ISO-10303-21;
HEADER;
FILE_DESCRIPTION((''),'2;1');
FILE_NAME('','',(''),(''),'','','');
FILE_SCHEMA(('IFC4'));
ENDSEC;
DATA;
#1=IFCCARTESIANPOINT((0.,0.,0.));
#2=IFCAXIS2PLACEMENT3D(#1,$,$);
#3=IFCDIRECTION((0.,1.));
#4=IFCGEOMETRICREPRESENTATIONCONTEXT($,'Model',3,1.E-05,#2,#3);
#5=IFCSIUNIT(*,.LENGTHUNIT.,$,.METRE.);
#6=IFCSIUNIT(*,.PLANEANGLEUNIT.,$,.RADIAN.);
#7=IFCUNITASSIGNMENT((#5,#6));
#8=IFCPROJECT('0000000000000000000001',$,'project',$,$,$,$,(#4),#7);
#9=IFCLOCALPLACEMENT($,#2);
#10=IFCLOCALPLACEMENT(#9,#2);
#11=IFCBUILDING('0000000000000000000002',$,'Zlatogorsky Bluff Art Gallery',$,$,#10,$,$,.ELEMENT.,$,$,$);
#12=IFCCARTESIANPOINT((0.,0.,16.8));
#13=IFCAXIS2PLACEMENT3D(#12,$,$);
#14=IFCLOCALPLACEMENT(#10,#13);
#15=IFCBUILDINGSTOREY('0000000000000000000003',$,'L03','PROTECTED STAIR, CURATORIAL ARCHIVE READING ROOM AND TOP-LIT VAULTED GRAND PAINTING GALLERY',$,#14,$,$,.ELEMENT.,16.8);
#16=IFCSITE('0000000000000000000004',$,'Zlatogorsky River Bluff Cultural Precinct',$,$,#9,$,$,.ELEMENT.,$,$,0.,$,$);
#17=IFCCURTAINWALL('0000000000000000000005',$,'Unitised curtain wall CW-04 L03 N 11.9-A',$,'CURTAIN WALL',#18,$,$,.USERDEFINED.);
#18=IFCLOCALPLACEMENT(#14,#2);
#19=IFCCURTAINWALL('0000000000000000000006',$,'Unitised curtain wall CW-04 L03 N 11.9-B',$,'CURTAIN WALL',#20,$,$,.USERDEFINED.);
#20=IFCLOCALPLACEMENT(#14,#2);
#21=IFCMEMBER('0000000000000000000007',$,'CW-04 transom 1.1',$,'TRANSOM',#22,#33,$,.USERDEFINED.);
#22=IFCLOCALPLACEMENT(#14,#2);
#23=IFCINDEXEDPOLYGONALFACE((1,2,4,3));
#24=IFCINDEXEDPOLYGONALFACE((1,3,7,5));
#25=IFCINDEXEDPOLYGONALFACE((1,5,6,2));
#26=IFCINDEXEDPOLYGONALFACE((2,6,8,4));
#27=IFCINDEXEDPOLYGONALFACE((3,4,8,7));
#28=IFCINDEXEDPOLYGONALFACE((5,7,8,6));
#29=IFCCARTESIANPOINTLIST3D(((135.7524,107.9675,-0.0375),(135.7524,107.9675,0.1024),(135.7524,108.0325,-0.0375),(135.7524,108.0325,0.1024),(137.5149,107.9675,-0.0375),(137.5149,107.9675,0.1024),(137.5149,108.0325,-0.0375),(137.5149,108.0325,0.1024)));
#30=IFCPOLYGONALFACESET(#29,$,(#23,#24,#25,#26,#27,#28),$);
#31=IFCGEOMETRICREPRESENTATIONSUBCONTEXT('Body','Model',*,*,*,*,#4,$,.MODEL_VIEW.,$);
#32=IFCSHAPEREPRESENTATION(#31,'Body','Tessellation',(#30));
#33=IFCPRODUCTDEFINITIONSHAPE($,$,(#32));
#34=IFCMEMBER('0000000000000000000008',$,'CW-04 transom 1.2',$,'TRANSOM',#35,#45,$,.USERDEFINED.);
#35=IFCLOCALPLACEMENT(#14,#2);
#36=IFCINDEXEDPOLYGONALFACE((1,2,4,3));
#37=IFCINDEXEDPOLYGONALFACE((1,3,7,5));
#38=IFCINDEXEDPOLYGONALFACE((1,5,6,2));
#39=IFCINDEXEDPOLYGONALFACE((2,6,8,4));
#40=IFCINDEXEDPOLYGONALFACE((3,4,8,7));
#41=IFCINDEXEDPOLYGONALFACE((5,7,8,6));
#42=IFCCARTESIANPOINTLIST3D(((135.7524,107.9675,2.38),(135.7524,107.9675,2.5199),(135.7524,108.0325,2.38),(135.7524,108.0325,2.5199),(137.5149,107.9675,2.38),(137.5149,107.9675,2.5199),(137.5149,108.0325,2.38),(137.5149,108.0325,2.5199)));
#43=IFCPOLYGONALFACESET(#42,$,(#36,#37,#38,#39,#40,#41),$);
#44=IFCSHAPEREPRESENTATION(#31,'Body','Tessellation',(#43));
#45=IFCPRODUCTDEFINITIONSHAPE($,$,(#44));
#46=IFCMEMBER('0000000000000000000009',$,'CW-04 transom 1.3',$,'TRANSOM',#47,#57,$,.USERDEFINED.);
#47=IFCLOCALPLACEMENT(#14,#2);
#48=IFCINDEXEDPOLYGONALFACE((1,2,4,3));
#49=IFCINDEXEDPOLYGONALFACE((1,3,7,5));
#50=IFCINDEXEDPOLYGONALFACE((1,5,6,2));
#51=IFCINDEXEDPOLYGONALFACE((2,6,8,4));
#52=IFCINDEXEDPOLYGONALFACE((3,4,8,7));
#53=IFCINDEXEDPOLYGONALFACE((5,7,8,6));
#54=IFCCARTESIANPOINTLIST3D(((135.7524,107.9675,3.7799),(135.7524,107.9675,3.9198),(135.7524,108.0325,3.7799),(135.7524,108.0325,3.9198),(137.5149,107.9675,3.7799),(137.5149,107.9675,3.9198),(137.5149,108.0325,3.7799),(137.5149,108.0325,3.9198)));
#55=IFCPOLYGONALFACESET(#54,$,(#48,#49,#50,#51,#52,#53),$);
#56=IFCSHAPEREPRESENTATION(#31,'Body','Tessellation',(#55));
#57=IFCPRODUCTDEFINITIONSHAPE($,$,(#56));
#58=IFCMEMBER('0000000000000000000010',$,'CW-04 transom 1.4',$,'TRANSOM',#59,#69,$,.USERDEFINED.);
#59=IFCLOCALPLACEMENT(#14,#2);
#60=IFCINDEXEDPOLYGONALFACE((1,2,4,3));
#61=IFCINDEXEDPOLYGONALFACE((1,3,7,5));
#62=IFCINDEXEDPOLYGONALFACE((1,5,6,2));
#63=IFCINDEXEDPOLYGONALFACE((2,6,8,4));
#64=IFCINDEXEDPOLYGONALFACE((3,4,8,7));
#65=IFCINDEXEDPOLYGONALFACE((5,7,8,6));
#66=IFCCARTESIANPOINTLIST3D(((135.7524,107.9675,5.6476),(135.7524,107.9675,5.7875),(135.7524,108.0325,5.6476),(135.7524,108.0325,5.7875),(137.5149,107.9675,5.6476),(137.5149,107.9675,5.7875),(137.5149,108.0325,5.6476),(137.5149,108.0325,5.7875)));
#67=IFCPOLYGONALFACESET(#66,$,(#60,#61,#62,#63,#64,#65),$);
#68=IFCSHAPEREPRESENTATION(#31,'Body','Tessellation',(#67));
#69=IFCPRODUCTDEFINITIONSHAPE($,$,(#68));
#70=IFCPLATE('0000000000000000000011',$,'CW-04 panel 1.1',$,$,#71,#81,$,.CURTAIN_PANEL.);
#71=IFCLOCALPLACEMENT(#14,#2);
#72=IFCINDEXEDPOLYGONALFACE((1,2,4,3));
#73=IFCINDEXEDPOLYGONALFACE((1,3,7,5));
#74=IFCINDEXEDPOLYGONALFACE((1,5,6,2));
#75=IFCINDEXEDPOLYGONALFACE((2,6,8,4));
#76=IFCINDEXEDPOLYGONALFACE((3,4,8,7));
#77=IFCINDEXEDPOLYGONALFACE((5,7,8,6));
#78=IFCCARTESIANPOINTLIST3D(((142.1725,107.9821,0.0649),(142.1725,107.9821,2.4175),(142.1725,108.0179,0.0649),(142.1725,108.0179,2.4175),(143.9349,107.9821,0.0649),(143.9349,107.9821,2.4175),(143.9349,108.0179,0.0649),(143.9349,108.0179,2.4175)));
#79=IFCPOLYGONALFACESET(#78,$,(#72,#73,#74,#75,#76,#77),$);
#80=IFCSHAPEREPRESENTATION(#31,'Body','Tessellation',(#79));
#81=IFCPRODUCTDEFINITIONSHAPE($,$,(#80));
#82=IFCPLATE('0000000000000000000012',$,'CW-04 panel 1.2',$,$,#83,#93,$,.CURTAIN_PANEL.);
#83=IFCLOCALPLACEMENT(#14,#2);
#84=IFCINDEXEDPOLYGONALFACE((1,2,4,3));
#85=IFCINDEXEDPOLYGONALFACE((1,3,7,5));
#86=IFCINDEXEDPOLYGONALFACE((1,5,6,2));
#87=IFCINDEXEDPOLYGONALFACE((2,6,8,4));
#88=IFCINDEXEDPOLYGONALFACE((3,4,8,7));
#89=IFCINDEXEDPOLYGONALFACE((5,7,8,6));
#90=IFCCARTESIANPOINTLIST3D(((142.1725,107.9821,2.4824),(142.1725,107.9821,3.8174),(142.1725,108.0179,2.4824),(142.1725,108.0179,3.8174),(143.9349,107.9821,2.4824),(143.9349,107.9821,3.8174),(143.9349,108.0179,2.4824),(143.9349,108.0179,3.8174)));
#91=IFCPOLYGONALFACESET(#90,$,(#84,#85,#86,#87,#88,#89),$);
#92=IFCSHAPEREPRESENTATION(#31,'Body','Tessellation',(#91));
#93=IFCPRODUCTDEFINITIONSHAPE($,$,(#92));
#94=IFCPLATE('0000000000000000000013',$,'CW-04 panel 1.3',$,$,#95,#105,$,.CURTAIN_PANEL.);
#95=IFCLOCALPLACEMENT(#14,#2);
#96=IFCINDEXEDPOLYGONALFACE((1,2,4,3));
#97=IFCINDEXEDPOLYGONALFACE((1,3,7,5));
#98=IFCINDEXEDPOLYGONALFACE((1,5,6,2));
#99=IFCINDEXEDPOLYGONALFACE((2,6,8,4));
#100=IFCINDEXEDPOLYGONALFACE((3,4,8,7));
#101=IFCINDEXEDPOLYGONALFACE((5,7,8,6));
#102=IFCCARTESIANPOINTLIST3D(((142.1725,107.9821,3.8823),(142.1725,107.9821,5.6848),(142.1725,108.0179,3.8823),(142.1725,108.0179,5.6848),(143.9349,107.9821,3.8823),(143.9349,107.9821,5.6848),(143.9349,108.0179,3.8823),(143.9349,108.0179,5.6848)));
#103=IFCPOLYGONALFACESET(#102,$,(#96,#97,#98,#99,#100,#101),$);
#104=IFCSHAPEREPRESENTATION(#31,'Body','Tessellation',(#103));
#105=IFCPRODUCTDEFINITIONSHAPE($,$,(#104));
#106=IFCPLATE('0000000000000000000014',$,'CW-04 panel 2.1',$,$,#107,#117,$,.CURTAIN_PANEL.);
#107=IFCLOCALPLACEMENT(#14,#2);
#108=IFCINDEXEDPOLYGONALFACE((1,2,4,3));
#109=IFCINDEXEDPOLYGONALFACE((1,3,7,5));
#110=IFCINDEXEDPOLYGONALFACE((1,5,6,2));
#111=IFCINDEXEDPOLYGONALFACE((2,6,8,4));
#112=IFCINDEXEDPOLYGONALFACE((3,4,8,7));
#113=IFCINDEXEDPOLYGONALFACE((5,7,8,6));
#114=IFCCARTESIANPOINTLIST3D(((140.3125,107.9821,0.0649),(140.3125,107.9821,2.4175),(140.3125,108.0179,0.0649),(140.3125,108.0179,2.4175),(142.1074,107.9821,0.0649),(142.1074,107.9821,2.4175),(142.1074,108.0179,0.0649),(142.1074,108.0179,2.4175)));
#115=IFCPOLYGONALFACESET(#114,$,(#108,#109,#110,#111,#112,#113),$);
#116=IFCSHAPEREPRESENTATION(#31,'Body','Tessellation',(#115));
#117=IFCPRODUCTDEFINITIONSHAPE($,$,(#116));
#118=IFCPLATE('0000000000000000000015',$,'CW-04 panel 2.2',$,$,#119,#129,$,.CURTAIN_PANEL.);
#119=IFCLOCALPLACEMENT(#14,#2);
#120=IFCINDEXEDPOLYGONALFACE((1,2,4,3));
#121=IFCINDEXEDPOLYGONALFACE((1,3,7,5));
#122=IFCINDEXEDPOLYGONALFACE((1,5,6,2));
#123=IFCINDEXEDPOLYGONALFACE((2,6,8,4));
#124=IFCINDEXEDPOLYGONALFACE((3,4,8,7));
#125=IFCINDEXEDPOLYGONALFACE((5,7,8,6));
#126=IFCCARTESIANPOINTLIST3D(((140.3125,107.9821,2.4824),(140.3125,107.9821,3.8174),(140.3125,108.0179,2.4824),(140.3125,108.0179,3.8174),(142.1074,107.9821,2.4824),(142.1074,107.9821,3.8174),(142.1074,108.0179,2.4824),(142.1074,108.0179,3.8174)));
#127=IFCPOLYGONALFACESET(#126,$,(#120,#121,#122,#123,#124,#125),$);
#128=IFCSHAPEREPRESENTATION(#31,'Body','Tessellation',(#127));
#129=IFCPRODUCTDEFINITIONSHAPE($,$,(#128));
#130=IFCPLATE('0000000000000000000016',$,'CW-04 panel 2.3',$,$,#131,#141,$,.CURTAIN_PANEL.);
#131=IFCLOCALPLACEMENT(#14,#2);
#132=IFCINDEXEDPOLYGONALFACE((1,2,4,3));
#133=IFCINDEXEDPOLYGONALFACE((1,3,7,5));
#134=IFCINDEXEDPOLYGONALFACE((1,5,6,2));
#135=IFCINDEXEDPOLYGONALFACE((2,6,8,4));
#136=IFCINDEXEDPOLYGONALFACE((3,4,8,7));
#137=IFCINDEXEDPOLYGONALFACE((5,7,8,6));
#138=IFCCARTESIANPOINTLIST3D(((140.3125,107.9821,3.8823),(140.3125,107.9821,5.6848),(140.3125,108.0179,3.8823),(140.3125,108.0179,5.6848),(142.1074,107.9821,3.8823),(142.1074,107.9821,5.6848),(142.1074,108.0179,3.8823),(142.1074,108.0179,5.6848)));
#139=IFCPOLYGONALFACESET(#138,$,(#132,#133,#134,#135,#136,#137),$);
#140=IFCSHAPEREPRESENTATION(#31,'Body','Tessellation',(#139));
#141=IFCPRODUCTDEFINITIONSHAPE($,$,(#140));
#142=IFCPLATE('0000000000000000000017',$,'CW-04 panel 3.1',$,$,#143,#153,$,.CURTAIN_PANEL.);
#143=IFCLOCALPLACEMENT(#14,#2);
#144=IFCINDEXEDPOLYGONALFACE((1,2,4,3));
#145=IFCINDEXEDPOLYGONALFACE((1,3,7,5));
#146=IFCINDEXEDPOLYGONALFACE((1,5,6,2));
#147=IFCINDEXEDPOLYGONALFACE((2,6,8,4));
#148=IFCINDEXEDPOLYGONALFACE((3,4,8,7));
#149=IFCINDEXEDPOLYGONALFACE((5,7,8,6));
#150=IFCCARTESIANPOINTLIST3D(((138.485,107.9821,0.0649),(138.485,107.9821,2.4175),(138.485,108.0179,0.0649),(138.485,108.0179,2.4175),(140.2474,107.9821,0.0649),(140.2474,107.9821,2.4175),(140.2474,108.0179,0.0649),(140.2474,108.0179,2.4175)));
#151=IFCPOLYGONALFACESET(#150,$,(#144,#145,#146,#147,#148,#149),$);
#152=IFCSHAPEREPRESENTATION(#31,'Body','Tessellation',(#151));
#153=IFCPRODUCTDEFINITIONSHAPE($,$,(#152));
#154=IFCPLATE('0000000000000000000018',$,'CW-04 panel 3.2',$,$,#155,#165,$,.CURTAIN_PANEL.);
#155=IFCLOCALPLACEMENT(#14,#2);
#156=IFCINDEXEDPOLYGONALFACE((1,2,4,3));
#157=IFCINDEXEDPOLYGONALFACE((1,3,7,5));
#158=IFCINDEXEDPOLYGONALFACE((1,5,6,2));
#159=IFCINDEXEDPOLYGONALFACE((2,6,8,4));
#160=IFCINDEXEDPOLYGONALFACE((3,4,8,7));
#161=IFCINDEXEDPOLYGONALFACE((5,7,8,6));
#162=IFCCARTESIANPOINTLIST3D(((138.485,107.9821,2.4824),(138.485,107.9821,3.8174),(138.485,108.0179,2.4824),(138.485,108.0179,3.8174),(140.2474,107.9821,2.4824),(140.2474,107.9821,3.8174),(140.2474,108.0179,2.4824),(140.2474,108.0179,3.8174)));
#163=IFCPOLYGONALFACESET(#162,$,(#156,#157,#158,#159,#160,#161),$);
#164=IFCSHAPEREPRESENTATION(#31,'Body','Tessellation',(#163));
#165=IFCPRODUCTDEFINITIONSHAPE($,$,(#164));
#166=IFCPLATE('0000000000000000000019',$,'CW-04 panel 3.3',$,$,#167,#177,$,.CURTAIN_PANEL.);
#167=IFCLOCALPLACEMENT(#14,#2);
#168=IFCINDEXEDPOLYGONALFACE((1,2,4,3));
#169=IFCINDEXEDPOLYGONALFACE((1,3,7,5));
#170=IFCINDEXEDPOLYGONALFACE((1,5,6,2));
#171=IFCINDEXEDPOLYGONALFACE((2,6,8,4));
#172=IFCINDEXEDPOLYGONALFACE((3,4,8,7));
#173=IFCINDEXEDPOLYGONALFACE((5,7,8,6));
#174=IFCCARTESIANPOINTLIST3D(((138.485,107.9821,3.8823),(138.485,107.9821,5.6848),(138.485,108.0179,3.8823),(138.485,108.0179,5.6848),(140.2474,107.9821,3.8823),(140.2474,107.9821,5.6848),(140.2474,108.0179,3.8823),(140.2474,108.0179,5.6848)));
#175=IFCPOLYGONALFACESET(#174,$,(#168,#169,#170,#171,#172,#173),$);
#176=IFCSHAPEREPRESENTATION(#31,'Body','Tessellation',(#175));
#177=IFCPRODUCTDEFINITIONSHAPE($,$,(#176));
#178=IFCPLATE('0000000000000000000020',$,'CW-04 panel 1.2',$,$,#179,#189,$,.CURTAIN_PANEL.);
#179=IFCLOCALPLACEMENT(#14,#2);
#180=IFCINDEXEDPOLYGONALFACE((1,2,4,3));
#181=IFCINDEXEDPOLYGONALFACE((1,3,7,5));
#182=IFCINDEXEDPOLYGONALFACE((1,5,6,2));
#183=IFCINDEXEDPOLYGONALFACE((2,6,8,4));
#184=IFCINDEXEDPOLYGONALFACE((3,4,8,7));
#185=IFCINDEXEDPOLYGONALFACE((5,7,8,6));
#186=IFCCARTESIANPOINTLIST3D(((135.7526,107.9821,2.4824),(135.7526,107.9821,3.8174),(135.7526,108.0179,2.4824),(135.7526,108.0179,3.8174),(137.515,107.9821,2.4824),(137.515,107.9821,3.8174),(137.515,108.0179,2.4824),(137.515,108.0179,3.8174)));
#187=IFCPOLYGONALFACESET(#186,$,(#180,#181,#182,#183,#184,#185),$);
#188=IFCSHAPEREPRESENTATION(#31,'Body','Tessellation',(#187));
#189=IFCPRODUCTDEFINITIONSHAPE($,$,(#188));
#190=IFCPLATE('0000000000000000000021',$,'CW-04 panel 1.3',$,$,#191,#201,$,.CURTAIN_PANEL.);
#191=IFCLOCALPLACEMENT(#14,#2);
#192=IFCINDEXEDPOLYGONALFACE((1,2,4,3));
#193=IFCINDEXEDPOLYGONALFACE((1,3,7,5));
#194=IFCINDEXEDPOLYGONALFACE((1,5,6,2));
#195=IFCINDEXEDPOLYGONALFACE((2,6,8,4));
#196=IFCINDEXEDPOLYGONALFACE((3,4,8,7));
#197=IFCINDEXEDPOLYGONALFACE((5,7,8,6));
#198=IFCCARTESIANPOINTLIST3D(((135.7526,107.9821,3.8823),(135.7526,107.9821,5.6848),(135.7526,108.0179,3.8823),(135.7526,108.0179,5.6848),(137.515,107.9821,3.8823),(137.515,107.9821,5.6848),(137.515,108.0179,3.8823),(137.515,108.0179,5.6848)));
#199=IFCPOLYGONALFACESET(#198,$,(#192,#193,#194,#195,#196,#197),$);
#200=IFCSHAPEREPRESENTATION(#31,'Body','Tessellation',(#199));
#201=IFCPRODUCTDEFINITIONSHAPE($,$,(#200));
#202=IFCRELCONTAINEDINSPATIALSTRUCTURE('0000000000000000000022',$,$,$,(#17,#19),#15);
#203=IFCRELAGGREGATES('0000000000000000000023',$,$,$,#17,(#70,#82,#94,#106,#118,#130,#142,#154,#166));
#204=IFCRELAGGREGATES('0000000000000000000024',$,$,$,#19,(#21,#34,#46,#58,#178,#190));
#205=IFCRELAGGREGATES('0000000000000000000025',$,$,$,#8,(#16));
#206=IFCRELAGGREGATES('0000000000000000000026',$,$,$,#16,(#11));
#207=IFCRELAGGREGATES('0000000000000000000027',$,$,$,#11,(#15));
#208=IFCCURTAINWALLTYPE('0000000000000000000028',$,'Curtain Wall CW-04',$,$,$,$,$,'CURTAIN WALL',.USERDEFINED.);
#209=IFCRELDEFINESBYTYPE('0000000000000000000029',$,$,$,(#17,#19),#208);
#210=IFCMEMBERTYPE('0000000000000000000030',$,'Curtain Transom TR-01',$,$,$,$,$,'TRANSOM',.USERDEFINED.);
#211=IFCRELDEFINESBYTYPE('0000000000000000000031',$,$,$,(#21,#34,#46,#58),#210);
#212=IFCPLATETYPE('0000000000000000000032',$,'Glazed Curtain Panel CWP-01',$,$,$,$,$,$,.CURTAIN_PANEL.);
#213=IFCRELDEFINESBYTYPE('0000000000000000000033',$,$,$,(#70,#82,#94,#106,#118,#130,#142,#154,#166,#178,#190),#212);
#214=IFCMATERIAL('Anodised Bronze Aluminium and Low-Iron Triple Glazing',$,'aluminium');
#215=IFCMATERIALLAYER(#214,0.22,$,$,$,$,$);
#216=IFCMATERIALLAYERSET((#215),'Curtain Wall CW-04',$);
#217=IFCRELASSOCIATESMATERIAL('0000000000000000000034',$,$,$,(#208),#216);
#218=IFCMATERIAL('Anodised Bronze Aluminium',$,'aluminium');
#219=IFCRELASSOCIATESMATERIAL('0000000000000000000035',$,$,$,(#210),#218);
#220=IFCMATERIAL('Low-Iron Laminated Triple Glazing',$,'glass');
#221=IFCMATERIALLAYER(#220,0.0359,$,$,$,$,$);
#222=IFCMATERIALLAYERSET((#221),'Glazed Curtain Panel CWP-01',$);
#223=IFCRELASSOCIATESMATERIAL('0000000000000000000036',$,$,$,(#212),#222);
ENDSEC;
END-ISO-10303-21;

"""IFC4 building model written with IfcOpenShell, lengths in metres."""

from ifc_helpers import new_model, si_unit, direction, frame, origin, origin_2d, place, context, subcontext, project, spatial, rectangle, extrude, material, layer, layer_set, material_profile, profile_set, type_object, element, aggregate, save


model = new_model("IFC4")

# Units and contexts
model_context = context("Model", 3, precision=1e-05, world=origin(), true_north=direction((0.0, 1.0)))
body_context = subcontext(model_context, "Body", "Model", "MODEL_VIEW")
ifc_project = project(units=[si_unit("LENGTHUNIT", "METRE"), si_unit("PLANEANGLEUNIT", "RADIAN")], contexts=[model_context])

# Site, building, storey
site_placement = place(None, origin())
site = spatial("IfcSite", under=ifc_project, at=site_placement, Name="Zlatogorsky River Bluff Cultural Precinct", CompositionType="ELEMENT", RefElevation=0.0)
building_placement = place(site_placement, origin())
building = spatial("IfcBuilding", under=site, at=building_placement, Name="Zlatogorsky Bluff Art Gallery", CompositionType="ELEMENT")
storey_placement = place(building_placement, frame((0.0, 0.0, 16.8)))
storey = spatial("IfcBuildingStorey", under=building, at=storey_placement, Name="L03", Description="PROTECTED STAIR, CURATORIAL ARCHIVE READING ROOM AND TOP-LIT VAULTED GRAND PAINTING GALLERY", CompositionType="ELEMENT", Elevation=16.8)

# Curtain wall
ifc_material_1 = material(Name="Anodised Bronze Aluminium and Low-Iron Triple Glazing", Category="aluminium")
ifc_layer_1 = layer(ifc_material_1, 0.22)
ifc_layer_set_1 = layer_set([ifc_layer_1], Name="Curtain Wall CW-04")
curtain_wall_type = type_object("IfcCurtainWallType", Name="Curtain Wall CW-04", ElementType="CURTAIN WALL", PredefinedType="USERDEFINED", material=ifc_layer_set_1)
curtain_wall_1_placement = place(storey_placement, origin())
curtain_wall_1 = element("IfcCurtainWall", 1, at=curtain_wall_1_placement, inside=storey, type_object=curtain_wall_type, Name="Unitised curtain wall CW-04 L03 N 11.9-A", ObjectType="CURTAIN WALL", PredefinedType="USERDEFINED")
ifc_material_2 = material(Name="Anodised Bronze Aluminium", Category="aluminium")

# Curtain wall
curtain_wall_2_placement = place(storey_placement, origin())
curtain_wall_2 = element("IfcCurtainWall", 2, at=curtain_wall_2_placement, inside=storey, type_object=curtain_wall_type, Name="Unitised curtain wall CW-04 L03 N 11.9-B", ObjectType="CURTAIN WALL", PredefinedType="USERDEFINED")

# Members
ifc_material_profile_1 = material_profile(ifc_material_2, rectangle(XDim=0.0649, YDim=0.1399, at=origin_2d()), Name="ALU TRANSOM 65x140")
ifc_profile_set_1 = profile_set([ifc_material_profile_1], Name="Anodised Bronze Aluminium")
member_type_1 = type_object("IfcMemberType", Name="Curtain Transom TR-01", ElementType="TRANSOM", PredefinedType="USERDEFINED", material=ifc_profile_set_1)
member_1_placement = place(storey_placement, frame((137.5149, 108.0, 0.0325), z_axis=(-1.0, 0.0, 0.0), x_axis=(0.0, -1.0, 0.0)))
member_1 = element("IfcMember", 3, at=member_1_placement, type_object=member_type_1, Name="CW-04 transom 1.1", ObjectType="TRANSOM", PredefinedType="USERDEFINED", context=body_context, shape_type="SweptSolid", body=[
    extrude(rectangle(XDim=0.0649, YDim=0.1399, at=origin_2d()), origin(), (0.0, 0.0, 1.0), 1.7625),
])
member_2_placement = place(storey_placement, frame((137.5149, 108.0, 2.45), z_axis=(-1.0, 0.0, 0.0), x_axis=(0.0, -1.0, 0.0)))
member_2 = element("IfcMember", 4, at=member_2_placement, type_object=member_type_1, Name="CW-04 transom 1.2", ObjectType="TRANSOM", PredefinedType="USERDEFINED", context=body_context, shape_type="SweptSolid", body=[
    extrude(rectangle(XDim=0.0649, YDim=0.1399, at=origin_2d()), origin(), (0.0, 0.0, 1.0), 1.7625),
])
member_3_placement = place(storey_placement, frame((137.5149, 108.0, 3.8499), z_axis=(-1.0, 0.0, 0.0), x_axis=(0.0, -1.0, 0.0)))
member_3 = element("IfcMember", 5, at=member_3_placement, type_object=member_type_1, Name="CW-04 transom 1.3", ObjectType="TRANSOM", PredefinedType="USERDEFINED", context=body_context, shape_type="SweptSolid", body=[
    extrude(rectangle(XDim=0.0649, YDim=0.1399, at=origin_2d()), origin(), (0.0, 0.0, 1.0), 1.7625),
])
member_4_placement = place(storey_placement, frame((137.5149, 108.0, 5.7175), z_axis=(-1.0, 0.0, 0.0), x_axis=(0.0, -1.0, 0.0)))
member_4 = element("IfcMember", 6, at=member_4_placement, type_object=member_type_1, Name="CW-04 transom 1.4", ObjectType="TRANSOM", PredefinedType="USERDEFINED", context=body_context, shape_type="SweptSolid", body=[
    extrude(rectangle(XDim=0.0649, YDim=0.1399, at=origin_2d()), origin(), (0.0, 0.0, 1.0), 1.7625),
])

# Plates
ifc_material_3 = material(Name="Low-Iron Laminated Triple Glazing", Category="glass")
ifc_layer_2 = layer(ifc_material_3, 0.0359)
ifc_layer_set_2 = layer_set([ifc_layer_2], Name="Glazed Curtain Panel CWP-01")
plate_type = type_object("IfcPlateType", Name="Glazed Curtain Panel CWP-01", PredefinedType="CURTAIN_PANEL", material=ifc_layer_set_2)
plate_1_placement = place(storey_placement, frame((143.0537, 108.0, 0.0649), z_axis=(0.0, 0.0, 1.0), x_axis=(-1.0, 0.0, 0.0)))
plate_1 = element("IfcPlate", 7, at=plate_1_placement, type_object=plate_type, Name="CW-04 panel 1.1", PredefinedType="CURTAIN_PANEL", context=body_context, shape_type="SweptSolid", body=[
    extrude(rectangle(XDim=1.7625, YDim=0.0359, at=origin_2d()), origin(), (0.0, 0.0, 1.0), 2.3525),
])
plate_2_placement = place(storey_placement, frame((143.0537, 108.0, 2.4824), z_axis=(0.0, 0.0, 1.0), x_axis=(-1.0, 0.0, 0.0)))
plate_2 = element("IfcPlate", 8, at=plate_2_placement, type_object=plate_type, Name="CW-04 panel 1.2", PredefinedType="CURTAIN_PANEL", context=body_context, shape_type="SweptSolid", body=[
    extrude(rectangle(XDim=1.7625, YDim=0.0359, at=origin_2d()), origin(), (0.0, 0.0, 1.0), 1.335),
])
plate_3_placement = place(storey_placement, frame((143.0537, 108.0, 3.8823), z_axis=(0.0, 0.0, 1.0), x_axis=(-1.0, 0.0, 0.0)))
plate_3 = element("IfcPlate", 9, at=plate_3_placement, type_object=plate_type, Name="CW-04 panel 1.3", PredefinedType="CURTAIN_PANEL", context=body_context, shape_type="SweptSolid", body=[
    extrude(rectangle(XDim=1.7625, YDim=0.0359, at=origin_2d()), origin(), (0.0, 0.0, 1.0), 1.8025),
])
plate_4_placement = place(storey_placement, frame((141.21, 108.0, 0.0649), z_axis=(0.0, 0.0, 1.0), x_axis=(-1.0, 0.0, 0.0)))
plate_4 = element("IfcPlate", 10, at=plate_4_placement, type_object=plate_type, Name="CW-04 panel 2.1", PredefinedType="CURTAIN_PANEL", context=body_context, shape_type="SweptSolid", body=[
    extrude(rectangle(XDim=1.7949, YDim=0.0359, at=origin_2d()), origin(), (0.0, 0.0, 1.0), 2.3525),
])
plate_5_placement = place(storey_placement, frame((141.21, 108.0, 2.4824), z_axis=(0.0, 0.0, 1.0), x_axis=(-1.0, 0.0, 0.0)))
plate_5 = element("IfcPlate", 11, at=plate_5_placement, type_object=plate_type, Name="CW-04 panel 2.2", PredefinedType="CURTAIN_PANEL", context=body_context, shape_type="SweptSolid", body=[
    extrude(rectangle(XDim=1.7949, YDim=0.0359, at=origin_2d()), origin(), (0.0, 0.0, 1.0), 1.335),
])
plate_6_placement = place(storey_placement, frame((141.21, 108.0, 3.8823), z_axis=(0.0, 0.0, 1.0), x_axis=(-1.0, 0.0, 0.0)))
plate_6 = element("IfcPlate", 12, at=plate_6_placement, type_object=plate_type, Name="CW-04 panel 2.3", PredefinedType="CURTAIN_PANEL", context=body_context, shape_type="SweptSolid", body=[
    extrude(rectangle(XDim=1.7949, YDim=0.0359, at=origin_2d()), origin(), (0.0, 0.0, 1.0), 1.8025),
])
plate_7_placement = place(storey_placement, frame((139.3662, 108.0, 0.0649), z_axis=(0.0, 0.0, 1.0), x_axis=(-1.0, 0.0, 0.0)))
plate_7 = element("IfcPlate", 13, at=plate_7_placement, type_object=plate_type, Name="CW-04 panel 3.1", PredefinedType="CURTAIN_PANEL", context=body_context, shape_type="SweptSolid", body=[
    extrude(rectangle(XDim=1.7625, YDim=0.0359, at=origin_2d()), origin(), (0.0, 0.0, 1.0), 2.3525),
])
plate_8_placement = place(storey_placement, frame((139.3662, 108.0, 2.4824), z_axis=(0.0, 0.0, 1.0), x_axis=(-1.0, 0.0, 0.0)))
plate_8 = element("IfcPlate", 14, at=plate_8_placement, type_object=plate_type, Name="CW-04 panel 3.2", PredefinedType="CURTAIN_PANEL", context=body_context, shape_type="SweptSolid", body=[
    extrude(rectangle(XDim=1.7625, YDim=0.0359, at=origin_2d()), origin(), (0.0, 0.0, 1.0), 1.335),
])
plate_9_placement = place(storey_placement, frame((139.3662, 108.0, 3.8823), z_axis=(0.0, 0.0, 1.0), x_axis=(-1.0, 0.0, 0.0)))
plate_9 = element("IfcPlate", 15, at=plate_9_placement, type_object=plate_type, Name="CW-04 panel 3.3", PredefinedType="CURTAIN_PANEL", context=body_context, shape_type="SweptSolid", body=[
    extrude(rectangle(XDim=1.7625, YDim=0.0359, at=origin_2d()), origin(), (0.0, 0.0, 1.0), 1.8025),
])
aggregate(curtain_wall_1, [plate_1, plate_2, plate_3, plate_4, plate_5, plate_6, plate_7, plate_8, plate_9])
plate_10_placement = place(storey_placement, frame((136.6338, 108.0, 2.4824), z_axis=(0.0, 0.0, 1.0), x_axis=(-1.0, 0.0, 0.0)))
plate_10 = element("IfcPlate", 16, at=plate_10_placement, type_object=plate_type, Name="CW-04 panel 1.2", PredefinedType="CURTAIN_PANEL", context=body_context, shape_type="SweptSolid", body=[
    extrude(rectangle(XDim=1.7625, YDim=0.0359, at=origin_2d()), origin(), (0.0, 0.0, 1.0), 1.335),
])
plate_11_placement = place(storey_placement, frame((136.6338, 108.0, 3.8823), z_axis=(0.0, 0.0, 1.0), x_axis=(-1.0, 0.0, 0.0)))
plate_11 = element("IfcPlate", 17, at=plate_11_placement, type_object=plate_type, Name="CW-04 panel 1.3", PredefinedType="CURTAIN_PANEL", context=body_context, shape_type="SweptSolid", body=[
    extrude(rectangle(XDim=1.7625, YDim=0.0359, at=origin_2d()), origin(), (0.0, 0.0, 1.0), 1.8025),
])
aggregate(curtain_wall_2, [member_1, member_2, member_3, member_4, plate_10, plate_11])

save(model, "model.ifc")
